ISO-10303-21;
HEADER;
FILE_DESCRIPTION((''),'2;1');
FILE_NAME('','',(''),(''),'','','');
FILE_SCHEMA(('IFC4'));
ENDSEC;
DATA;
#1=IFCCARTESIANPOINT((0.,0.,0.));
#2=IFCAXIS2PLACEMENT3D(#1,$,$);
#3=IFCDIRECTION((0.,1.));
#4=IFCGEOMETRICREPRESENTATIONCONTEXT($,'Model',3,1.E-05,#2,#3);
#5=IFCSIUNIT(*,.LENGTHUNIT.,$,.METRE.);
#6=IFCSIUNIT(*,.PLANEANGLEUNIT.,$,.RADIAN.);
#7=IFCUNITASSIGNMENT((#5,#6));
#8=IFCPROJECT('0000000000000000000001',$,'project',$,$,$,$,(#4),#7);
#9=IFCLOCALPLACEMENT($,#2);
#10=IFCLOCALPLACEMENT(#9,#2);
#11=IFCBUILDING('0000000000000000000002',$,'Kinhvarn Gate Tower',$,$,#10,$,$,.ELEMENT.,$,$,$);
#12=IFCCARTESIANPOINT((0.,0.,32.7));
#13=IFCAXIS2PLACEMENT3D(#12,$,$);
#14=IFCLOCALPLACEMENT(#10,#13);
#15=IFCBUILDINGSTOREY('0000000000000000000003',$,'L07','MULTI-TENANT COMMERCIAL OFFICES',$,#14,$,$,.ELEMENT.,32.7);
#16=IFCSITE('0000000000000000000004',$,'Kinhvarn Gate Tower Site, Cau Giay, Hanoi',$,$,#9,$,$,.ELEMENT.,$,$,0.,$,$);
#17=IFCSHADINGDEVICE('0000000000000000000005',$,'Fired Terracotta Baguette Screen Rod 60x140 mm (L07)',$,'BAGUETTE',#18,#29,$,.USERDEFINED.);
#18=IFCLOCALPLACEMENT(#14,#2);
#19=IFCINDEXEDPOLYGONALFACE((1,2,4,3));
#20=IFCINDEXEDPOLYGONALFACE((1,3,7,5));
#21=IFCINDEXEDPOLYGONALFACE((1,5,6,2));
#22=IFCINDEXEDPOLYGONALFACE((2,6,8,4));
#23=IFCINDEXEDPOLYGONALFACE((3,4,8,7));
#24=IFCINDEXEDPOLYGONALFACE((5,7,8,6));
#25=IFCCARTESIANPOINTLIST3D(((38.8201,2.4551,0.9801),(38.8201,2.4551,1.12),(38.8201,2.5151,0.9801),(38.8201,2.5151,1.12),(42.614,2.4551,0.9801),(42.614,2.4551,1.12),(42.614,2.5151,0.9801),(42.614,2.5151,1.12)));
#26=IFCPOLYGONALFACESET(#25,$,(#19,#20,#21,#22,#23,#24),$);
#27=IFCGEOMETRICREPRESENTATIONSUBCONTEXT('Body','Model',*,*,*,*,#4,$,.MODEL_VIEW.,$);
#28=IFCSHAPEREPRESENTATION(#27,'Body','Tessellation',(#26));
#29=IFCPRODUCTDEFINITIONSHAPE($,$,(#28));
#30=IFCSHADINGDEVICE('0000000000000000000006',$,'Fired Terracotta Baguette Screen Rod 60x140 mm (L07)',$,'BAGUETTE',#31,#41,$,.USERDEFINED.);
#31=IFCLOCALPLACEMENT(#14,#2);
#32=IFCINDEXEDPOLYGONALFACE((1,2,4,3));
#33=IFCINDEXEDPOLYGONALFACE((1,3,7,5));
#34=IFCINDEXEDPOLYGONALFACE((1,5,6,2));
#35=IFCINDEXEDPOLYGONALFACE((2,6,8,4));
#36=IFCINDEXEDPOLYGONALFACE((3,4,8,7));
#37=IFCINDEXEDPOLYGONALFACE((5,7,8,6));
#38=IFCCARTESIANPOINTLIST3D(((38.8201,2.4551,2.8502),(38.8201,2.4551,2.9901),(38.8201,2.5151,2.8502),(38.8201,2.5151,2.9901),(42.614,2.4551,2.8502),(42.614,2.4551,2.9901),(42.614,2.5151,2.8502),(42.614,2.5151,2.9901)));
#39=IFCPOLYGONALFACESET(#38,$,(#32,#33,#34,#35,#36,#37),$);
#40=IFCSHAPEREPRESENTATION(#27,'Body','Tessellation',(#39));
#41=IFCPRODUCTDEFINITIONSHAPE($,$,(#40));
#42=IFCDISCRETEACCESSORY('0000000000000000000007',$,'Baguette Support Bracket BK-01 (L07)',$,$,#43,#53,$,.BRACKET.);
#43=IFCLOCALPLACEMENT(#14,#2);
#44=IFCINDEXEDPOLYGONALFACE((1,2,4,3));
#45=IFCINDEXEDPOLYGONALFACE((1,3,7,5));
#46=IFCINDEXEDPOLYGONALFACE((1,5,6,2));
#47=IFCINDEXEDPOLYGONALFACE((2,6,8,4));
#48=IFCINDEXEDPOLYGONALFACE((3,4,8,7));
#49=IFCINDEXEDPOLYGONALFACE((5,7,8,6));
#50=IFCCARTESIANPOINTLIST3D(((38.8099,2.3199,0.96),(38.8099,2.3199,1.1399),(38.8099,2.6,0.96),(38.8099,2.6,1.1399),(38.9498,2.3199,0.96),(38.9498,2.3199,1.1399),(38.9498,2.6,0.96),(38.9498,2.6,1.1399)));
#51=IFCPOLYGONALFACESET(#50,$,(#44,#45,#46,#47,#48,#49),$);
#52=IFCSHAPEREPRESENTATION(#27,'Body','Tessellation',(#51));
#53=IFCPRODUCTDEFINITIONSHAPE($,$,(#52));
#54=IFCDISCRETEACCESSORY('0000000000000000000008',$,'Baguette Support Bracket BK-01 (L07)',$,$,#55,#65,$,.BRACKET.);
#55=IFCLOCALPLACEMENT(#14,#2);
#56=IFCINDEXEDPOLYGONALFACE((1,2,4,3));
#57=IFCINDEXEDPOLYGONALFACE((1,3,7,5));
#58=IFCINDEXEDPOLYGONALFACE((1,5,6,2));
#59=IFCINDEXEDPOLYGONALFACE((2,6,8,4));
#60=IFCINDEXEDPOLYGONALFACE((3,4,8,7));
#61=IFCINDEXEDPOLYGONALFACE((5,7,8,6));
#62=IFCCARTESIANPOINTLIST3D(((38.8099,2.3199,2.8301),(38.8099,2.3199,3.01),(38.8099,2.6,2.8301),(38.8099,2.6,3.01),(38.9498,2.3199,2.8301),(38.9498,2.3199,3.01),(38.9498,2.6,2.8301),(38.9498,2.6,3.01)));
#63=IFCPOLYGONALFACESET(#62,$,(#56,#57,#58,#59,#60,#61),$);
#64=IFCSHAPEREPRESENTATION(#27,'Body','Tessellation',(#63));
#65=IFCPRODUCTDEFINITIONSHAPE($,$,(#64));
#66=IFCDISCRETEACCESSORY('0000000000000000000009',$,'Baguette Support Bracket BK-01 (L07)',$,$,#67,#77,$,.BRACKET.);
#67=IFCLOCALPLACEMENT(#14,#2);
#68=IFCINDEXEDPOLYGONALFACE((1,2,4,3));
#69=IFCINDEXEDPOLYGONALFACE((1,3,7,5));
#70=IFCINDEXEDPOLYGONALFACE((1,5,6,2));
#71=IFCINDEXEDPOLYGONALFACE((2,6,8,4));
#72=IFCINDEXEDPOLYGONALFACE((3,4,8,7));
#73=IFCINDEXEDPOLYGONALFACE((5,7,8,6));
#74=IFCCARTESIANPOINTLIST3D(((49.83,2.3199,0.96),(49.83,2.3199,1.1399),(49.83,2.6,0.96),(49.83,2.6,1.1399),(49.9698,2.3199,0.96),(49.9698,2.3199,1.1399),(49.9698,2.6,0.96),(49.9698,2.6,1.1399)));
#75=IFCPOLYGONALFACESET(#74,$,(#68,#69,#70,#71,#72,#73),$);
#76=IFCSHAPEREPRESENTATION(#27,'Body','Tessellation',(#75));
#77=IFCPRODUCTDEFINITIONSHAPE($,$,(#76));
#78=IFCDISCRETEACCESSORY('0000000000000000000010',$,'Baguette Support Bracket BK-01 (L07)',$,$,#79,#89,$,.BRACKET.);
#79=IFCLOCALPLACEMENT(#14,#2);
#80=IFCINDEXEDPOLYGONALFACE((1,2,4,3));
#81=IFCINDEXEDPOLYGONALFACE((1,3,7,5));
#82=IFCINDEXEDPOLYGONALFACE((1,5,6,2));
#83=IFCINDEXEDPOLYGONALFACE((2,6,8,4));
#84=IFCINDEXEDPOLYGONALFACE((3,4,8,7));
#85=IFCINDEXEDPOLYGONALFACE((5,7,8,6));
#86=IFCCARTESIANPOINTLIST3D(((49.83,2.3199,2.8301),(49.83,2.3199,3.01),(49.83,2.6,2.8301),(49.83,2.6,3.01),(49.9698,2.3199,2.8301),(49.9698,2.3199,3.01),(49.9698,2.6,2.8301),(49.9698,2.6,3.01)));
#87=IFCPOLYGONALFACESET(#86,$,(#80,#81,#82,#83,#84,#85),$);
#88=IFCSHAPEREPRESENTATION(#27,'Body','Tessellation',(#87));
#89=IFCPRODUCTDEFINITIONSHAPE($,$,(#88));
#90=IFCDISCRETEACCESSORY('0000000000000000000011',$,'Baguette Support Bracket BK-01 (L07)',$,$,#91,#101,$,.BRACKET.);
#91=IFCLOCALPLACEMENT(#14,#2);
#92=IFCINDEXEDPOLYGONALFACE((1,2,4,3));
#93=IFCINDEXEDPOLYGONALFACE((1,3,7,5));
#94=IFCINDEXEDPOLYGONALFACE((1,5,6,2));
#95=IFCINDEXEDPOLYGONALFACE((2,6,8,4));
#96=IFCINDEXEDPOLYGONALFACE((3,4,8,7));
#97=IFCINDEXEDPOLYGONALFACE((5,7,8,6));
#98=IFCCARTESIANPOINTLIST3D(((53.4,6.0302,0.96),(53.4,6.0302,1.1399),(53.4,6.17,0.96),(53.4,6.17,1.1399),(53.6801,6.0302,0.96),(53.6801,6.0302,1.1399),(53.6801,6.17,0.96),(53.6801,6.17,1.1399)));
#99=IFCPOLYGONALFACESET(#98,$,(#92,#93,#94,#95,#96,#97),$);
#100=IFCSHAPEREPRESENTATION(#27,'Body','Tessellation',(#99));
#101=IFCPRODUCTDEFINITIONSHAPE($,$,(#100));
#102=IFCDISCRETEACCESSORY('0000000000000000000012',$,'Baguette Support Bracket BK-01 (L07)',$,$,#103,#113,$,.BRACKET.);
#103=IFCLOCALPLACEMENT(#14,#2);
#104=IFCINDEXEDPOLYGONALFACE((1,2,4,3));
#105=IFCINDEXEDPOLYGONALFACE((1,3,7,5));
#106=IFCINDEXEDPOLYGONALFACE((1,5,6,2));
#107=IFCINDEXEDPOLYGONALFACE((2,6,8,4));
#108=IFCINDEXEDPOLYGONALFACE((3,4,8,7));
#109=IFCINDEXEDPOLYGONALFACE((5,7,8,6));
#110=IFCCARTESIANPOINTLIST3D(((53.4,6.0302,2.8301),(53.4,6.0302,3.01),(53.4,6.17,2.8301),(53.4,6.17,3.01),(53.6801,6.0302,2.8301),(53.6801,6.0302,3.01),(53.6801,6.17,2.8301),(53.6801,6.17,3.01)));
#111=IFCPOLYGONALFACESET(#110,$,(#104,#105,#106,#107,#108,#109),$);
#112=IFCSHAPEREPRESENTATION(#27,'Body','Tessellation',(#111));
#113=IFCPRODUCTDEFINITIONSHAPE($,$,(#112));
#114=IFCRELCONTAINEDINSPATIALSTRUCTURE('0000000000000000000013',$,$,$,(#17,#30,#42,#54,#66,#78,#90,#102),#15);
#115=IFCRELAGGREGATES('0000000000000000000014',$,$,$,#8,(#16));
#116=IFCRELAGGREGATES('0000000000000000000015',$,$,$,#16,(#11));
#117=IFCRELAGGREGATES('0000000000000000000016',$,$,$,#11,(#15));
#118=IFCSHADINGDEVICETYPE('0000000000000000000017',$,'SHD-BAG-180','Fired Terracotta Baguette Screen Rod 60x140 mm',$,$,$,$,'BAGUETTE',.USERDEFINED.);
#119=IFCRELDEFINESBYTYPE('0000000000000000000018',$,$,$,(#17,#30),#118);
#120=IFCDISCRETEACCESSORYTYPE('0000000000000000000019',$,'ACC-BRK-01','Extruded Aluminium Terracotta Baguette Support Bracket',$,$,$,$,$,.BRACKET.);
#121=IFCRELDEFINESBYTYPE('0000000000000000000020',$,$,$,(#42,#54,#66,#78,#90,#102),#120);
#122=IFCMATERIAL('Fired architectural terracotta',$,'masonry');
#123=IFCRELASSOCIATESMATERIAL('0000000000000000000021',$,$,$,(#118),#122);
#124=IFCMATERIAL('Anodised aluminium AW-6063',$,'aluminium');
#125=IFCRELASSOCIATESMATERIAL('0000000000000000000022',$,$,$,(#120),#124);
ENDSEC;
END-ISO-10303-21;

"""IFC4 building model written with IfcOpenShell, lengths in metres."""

from ifc_helpers import new_model, si_unit, direction, frame, origin, origin_2d, place, context, subcontext, project, spatial, rectangle, extrude, material, material_profile, profile_set, type_object, element, save


model = new_model("IFC4")

# Units and contexts
model_context = context("Model", 3, precision=1e-05, world=origin(), true_north=direction((0.0, 1.0)))
body_context = subcontext(model_context, "Body", "Model", "MODEL_VIEW")
ifc_project = project(units=[si_unit("LENGTHUNIT", "METRE"), si_unit("PLANEANGLEUNIT", "RADIAN")], contexts=[model_context])

# Site, building, storey
site_placement = place(None, origin())
site = spatial("IfcSite", under=ifc_project, at=site_placement, Name="Kinhvarn Gate Tower Site, Cau Giay, Hanoi", CompositionType="ELEMENT", RefElevation=0.0)
building_placement = place(site_placement, origin())
building = spatial("IfcBuilding", under=site, at=building_placement, Name="Kinhvarn Gate Tower", CompositionType="ELEMENT")
storey_placement = place(building_placement, frame((0.0, 0.0, 32.7)))
storey = spatial("IfcBuildingStorey", under=building, at=storey_placement, Name="L07", Description="MULTI-TENANT COMMERCIAL OFFICES", CompositionType="ELEMENT", Elevation=32.7)

# Shared definitions
ifc_material_1 = material(Name="Anodised aluminium AW-6063", Category="aluminium")

# Shared definitions
ifc_material_2 = material(Name="Fired architectural terracotta", Category="masonry")

# Shading devices
ifc_material_profile_1 = material_profile(ifc_material_2, rectangle(XDim=0.0601, YDim=0.1399, at=origin_2d()), Name="TC 60x140")
ifc_profile_set_1 = profile_set([ifc_material_profile_1], Name="Fired architectural terracotta")
shading_device_type = type_object("IfcShadingDeviceType", Name="SHD-BAG-180", Description="Fired Terracotta Baguette Screen Rod 60x140 mm", ElementType="BAGUETTE", PredefinedType="USERDEFINED", material=ifc_profile_set_1)
for number, where, z_axis, x_axis, name in (
    (1, (38.8201, 2.4851, 1.05), (1.0, 0.0, 0.0), (0.0, 1.0, 0.0), "Fired Terracotta Baguette Screen Rod 60x140 mm (L07)"),
    (2, (38.8201, 2.4851, 2.9202), (1.0, 0.0, 0.0), (0.0, 1.0, 0.0), "Fired Terracotta Baguette Screen Rod 60x140 mm (L07)"),
):
    element("IfcShadingDevice", number, at=place(storey_placement, frame(where, z_axis=z_axis, x_axis=x_axis)), inside=storey, type_object=shading_device_type, Name=name, ObjectType="BAGUETTE", PredefinedType="USERDEFINED", context=body_context, shape_type="SweptSolid", body=[
        extrude(rectangle(XDim=0.0601, YDim=0.1399, at=origin_2d()), origin(), (0.0, 0.0, 1.0), 3.7939),
    ])

# Discrete accessories
discrete_accessory_type = type_object("IfcDiscreteAccessoryType", Name="ACC-BRK-01", Description="Extruded Aluminium Terracotta Baguette Support Bracket", PredefinedType="BRACKET", material=ifc_material_1)
for number, where, z_axis, x_axis, name in (
    (3, (38.8799, 2.46, 0.96), (0.0, 0.0, 1.0), (1.0, 0.0, 0.0), "Baguette Support Bracket BK-01 (L07)"),
    (4, (38.8799, 2.46, 2.8301), (0.0, 0.0, 1.0), (1.0, 0.0, 0.0), "Baguette Support Bracket BK-01 (L07)"),
    (5, (49.8999, 2.46, 0.96), (0.0, 0.0, 1.0), (1.0, 0.0, 0.0), "Baguette Support Bracket BK-01 (L07)"),
    (6, (49.8999, 2.46, 2.8301), (0.0, 0.0, 1.0), (1.0, 0.0, 0.0), "Baguette Support Bracket BK-01 (L07)"),
    (7, (53.54, 6.1001, 0.96), (0.0, 0.0, 1.0), (0.0, 1.0, 0.0), "Baguette Support Bracket BK-01 (L07)"),
    (8, (53.54, 6.1001, 2.8301), (0.0, 0.0, 1.0), (0.0, 1.0, 0.0), "Baguette Support Bracket BK-01 (L07)"),
):
    element("IfcDiscreteAccessory", number, at=place(storey_placement, frame(where, z_axis=z_axis, x_axis=x_axis)), inside=storey, type_object=discrete_accessory_type, Name=name, PredefinedType="BRACKET", context=body_context, shape_type="SweptSolid", body=[
        extrude(rectangle(XDim=0.1399, YDim=0.28, at=origin_2d()), origin(), (0.0, 0.0, 1.0), 0.1799),
    ])

save(model, "model.ifc")
